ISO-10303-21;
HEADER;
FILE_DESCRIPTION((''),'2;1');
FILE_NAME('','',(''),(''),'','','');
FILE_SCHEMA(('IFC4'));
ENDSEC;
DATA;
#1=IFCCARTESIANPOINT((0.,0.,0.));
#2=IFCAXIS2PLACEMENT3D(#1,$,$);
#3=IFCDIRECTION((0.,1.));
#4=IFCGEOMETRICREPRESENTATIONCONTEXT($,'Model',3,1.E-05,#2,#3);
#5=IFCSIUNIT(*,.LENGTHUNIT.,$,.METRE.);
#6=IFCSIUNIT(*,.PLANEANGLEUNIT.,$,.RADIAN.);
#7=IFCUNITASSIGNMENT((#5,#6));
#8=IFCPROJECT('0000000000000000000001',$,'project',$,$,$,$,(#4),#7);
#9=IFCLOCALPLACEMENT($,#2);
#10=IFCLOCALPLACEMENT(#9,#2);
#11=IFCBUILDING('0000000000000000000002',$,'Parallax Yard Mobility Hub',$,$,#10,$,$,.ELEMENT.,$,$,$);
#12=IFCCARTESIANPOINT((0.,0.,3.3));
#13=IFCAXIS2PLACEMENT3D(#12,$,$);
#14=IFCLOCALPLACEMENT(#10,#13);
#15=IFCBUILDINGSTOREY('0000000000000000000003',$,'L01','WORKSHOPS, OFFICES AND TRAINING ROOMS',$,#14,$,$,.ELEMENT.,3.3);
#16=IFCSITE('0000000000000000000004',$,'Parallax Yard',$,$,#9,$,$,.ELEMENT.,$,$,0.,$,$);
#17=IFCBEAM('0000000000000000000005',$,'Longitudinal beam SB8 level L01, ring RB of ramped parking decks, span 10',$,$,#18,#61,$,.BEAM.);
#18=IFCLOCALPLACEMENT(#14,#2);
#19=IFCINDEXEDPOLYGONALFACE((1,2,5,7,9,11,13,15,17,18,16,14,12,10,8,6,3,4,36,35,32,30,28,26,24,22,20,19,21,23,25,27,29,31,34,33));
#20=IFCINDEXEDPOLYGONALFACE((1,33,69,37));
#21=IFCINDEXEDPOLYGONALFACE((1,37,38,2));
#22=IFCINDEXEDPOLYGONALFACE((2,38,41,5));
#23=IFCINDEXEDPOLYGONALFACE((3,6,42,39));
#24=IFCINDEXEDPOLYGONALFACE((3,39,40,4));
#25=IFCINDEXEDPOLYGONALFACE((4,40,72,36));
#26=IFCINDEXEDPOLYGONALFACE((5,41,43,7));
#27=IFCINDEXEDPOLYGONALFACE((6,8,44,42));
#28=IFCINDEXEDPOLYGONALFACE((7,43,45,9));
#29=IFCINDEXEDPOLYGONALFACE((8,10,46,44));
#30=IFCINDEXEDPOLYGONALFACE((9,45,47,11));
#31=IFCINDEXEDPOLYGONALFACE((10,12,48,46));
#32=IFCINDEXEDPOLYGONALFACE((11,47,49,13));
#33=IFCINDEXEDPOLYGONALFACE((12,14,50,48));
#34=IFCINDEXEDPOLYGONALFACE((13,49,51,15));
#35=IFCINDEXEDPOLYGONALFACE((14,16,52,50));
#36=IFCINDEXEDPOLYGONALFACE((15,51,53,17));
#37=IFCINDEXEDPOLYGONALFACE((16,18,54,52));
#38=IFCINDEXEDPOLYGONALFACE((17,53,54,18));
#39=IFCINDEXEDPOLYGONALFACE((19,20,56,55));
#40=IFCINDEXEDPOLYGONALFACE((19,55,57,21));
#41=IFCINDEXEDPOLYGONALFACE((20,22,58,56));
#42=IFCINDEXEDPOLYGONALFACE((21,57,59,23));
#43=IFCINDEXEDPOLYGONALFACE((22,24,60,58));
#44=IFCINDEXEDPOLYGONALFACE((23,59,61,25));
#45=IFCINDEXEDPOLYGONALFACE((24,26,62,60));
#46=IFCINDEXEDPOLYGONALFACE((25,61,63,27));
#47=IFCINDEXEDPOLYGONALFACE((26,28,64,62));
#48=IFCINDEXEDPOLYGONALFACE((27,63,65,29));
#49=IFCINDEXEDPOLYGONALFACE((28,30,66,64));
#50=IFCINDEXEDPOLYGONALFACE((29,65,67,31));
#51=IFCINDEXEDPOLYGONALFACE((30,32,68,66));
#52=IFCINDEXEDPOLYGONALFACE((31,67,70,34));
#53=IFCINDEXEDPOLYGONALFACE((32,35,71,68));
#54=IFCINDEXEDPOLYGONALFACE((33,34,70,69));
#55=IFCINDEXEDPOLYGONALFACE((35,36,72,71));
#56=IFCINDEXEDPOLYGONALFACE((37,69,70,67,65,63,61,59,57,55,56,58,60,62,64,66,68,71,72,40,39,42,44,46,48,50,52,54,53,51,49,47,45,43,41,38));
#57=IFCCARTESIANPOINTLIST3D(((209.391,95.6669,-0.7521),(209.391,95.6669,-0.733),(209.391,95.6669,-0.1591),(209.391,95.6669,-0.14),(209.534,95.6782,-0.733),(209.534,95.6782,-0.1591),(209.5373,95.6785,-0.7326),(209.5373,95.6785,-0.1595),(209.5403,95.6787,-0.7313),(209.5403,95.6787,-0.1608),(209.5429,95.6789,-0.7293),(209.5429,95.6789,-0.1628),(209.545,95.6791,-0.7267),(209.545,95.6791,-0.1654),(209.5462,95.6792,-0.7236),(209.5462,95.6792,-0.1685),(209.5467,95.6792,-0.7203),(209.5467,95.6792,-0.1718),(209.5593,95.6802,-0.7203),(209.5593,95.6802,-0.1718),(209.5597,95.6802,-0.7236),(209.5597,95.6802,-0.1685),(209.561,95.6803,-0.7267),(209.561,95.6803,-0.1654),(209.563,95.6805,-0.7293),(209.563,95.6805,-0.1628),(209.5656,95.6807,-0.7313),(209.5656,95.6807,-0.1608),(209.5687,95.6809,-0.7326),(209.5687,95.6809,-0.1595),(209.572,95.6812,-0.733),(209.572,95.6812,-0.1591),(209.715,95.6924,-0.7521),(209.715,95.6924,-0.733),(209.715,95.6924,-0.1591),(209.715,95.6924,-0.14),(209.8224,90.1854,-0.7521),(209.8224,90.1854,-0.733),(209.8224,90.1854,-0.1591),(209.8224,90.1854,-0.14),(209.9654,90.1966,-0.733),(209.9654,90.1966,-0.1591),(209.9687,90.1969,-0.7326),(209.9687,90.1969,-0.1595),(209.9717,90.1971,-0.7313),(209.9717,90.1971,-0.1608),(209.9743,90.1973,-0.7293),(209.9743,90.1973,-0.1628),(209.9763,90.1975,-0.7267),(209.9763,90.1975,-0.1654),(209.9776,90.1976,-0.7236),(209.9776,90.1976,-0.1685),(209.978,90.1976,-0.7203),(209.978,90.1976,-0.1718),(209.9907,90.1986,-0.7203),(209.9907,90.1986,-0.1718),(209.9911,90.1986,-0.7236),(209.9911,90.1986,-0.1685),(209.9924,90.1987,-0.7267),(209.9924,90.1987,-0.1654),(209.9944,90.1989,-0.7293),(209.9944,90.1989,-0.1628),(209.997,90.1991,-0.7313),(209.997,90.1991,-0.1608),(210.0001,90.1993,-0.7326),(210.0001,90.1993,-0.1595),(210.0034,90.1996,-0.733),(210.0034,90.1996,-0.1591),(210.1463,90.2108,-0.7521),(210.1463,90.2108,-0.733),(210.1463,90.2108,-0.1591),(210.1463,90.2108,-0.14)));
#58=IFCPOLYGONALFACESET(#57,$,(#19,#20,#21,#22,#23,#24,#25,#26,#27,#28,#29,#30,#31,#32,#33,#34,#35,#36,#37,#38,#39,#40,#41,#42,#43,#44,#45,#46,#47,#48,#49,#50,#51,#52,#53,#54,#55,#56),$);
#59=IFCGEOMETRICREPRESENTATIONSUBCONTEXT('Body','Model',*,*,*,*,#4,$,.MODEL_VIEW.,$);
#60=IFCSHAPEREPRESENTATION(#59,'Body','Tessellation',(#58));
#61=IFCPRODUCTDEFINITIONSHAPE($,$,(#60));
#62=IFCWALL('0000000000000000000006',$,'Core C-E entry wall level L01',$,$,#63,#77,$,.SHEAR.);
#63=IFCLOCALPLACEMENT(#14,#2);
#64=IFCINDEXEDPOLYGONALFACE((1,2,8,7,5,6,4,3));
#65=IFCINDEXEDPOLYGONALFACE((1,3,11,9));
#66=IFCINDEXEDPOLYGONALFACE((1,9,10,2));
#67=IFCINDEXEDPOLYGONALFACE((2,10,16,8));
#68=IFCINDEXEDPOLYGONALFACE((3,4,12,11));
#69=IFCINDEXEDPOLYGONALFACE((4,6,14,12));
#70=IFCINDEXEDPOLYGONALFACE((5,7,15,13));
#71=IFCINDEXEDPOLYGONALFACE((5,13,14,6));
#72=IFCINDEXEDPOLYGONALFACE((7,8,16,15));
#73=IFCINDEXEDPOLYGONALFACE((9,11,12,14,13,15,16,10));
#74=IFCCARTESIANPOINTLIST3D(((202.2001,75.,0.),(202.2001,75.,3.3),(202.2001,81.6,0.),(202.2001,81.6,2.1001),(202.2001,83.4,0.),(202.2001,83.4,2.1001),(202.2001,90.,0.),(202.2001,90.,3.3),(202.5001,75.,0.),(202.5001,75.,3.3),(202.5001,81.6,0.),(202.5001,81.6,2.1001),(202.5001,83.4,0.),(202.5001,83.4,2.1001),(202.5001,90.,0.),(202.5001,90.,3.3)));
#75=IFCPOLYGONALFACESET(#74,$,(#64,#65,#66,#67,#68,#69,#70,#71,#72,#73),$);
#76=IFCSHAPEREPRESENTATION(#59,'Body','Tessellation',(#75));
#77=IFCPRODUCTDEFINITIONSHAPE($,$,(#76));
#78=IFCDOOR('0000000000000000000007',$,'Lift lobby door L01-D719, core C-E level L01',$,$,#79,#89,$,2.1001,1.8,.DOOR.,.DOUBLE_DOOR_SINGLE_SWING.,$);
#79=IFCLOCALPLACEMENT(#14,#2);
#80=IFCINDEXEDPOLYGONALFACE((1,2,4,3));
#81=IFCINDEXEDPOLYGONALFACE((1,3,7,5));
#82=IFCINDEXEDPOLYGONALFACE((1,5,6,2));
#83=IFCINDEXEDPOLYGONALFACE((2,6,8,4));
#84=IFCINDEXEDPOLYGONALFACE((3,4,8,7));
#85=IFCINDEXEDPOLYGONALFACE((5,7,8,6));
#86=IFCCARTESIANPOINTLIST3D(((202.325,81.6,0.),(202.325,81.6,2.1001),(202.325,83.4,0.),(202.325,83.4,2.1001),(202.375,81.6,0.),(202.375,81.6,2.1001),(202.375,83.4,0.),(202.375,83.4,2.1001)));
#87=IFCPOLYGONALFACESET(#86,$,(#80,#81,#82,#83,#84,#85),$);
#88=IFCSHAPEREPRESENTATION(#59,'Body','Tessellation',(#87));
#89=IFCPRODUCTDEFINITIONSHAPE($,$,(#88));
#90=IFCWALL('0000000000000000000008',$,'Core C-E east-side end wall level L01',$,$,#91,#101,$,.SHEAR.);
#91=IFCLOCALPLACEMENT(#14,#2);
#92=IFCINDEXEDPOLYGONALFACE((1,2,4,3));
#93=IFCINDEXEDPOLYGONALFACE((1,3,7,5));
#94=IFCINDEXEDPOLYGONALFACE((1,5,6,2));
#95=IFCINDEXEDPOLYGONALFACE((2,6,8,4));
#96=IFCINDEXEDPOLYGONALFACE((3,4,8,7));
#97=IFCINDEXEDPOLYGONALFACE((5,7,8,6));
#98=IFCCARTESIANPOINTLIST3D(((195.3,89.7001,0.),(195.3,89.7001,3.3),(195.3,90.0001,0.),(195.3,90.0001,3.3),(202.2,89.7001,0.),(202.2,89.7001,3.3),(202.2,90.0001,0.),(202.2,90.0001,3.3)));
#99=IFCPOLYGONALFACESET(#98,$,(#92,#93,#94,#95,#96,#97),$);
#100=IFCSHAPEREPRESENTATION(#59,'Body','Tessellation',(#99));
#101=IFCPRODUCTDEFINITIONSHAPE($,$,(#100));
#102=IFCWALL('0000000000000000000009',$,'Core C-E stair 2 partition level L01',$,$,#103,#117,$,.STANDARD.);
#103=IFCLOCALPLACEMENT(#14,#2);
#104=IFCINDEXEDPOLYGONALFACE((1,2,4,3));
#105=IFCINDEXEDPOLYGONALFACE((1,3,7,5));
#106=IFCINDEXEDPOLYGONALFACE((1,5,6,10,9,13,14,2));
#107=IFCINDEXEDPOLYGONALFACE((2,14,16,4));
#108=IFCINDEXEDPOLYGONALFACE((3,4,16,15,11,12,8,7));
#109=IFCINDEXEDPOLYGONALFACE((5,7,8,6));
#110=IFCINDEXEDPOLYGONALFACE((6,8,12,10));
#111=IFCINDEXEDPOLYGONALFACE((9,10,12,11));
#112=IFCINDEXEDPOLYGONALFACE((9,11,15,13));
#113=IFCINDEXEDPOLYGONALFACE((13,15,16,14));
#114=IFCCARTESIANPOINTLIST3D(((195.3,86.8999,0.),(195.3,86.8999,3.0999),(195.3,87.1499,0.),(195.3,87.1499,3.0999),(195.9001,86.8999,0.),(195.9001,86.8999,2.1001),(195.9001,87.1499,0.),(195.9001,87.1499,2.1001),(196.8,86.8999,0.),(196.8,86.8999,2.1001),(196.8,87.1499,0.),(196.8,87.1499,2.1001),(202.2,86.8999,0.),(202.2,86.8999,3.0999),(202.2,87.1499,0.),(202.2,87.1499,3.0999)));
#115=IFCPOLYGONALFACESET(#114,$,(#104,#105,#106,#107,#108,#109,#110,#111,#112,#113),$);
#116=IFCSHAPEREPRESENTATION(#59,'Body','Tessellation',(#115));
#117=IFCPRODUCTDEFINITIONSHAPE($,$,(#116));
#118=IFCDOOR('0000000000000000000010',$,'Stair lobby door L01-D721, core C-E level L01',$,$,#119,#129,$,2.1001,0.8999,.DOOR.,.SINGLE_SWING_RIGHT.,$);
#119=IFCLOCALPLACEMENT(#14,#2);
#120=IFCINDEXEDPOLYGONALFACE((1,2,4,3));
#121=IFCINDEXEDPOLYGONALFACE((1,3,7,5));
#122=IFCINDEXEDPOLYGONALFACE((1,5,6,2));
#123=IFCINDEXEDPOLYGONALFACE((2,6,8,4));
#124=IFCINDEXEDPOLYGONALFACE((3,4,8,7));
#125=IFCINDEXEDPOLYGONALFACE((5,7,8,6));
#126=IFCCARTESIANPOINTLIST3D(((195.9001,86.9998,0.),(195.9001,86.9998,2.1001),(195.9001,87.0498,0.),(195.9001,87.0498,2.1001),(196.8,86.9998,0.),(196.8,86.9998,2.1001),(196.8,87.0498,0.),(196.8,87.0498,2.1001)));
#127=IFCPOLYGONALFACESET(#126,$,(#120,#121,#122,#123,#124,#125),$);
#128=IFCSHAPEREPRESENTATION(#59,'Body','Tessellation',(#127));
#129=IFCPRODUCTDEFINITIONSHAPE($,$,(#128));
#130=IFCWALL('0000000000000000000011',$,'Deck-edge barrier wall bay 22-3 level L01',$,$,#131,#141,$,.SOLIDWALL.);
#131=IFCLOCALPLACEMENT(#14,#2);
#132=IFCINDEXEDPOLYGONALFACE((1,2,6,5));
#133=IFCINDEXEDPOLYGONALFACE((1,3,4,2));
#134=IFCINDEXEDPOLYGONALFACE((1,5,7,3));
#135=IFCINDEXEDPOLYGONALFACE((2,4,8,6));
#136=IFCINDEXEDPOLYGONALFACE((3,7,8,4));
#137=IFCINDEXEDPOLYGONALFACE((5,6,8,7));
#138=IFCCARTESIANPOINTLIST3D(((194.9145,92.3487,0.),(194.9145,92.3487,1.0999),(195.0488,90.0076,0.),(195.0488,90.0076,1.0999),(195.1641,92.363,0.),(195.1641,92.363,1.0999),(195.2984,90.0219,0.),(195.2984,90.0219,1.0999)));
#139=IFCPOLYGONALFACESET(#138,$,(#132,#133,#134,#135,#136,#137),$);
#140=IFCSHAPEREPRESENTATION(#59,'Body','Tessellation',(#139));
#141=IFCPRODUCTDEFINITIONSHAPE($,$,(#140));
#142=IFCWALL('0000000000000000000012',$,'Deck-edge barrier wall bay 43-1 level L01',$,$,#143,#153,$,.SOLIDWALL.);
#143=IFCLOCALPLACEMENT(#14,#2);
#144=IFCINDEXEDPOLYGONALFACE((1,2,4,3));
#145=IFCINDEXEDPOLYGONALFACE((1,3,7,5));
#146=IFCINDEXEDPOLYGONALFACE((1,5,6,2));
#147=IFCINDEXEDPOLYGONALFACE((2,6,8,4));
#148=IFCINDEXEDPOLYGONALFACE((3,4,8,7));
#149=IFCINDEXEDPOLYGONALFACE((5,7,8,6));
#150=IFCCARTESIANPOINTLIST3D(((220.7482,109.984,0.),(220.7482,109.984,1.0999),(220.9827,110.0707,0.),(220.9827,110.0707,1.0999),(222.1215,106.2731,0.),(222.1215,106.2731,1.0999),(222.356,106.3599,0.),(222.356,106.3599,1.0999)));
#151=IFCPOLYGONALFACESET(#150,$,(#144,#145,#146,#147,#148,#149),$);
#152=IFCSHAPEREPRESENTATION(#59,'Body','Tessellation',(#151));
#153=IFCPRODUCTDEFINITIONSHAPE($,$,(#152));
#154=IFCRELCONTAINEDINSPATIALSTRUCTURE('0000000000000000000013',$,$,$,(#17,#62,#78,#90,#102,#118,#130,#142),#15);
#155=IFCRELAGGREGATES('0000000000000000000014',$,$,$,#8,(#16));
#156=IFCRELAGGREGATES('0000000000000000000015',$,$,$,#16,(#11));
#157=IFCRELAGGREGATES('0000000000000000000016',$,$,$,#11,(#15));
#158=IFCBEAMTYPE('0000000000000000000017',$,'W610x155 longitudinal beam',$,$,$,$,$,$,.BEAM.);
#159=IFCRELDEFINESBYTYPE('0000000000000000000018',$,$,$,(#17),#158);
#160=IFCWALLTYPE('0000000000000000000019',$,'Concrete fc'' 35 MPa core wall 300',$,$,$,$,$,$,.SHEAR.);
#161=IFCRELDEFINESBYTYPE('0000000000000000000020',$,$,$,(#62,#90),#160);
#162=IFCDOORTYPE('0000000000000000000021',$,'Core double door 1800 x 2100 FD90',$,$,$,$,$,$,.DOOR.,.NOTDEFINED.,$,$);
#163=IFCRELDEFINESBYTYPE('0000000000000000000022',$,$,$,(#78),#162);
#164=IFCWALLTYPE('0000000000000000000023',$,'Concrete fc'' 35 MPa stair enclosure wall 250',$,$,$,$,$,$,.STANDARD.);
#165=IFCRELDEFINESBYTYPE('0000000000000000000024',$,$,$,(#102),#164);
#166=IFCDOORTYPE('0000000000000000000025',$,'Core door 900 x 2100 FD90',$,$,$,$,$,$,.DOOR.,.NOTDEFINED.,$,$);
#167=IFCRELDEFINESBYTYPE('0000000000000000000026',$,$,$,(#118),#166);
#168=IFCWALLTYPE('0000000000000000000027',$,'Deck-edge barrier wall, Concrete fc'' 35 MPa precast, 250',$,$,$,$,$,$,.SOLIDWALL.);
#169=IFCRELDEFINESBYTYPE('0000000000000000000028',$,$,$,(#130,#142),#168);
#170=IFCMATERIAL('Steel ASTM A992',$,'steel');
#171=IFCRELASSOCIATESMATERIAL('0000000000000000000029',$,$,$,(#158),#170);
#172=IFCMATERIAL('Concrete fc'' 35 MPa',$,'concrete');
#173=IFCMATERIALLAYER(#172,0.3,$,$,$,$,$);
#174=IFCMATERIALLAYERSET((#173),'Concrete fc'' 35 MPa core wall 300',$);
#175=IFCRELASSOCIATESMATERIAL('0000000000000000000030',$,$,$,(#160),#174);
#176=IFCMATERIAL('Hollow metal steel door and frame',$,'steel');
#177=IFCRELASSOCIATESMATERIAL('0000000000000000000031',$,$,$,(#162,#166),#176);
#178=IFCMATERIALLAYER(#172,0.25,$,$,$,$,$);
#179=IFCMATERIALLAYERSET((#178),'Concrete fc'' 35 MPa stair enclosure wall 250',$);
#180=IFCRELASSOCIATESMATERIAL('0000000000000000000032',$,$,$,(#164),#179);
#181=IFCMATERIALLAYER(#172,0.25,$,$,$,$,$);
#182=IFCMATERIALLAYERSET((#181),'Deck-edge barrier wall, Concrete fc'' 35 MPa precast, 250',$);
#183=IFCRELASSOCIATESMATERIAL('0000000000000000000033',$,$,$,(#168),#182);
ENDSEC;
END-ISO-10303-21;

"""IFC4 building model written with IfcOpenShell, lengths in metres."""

from ifc_helpers import new_model, si_unit, direction, frame, frame_2d, origin, origin_2d, place, context, subcontext, project, spatial, rectangle, i_section, extrude, material, layer, layer_set, material_profile, profile_set, type_object, element, fill, save


model = new_model("IFC4")

# Units and contexts
model_context = context("Model", 3, precision=1e-05, world=origin(), true_north=direction((0.0, 1.0)))
body_context = subcontext(model_context, "Body", "Model", "MODEL_VIEW")
ifc_project = project(units=[si_unit("LENGTHUNIT", "METRE"), si_unit("PLANEANGLEUNIT", "RADIAN")], contexts=[model_context])

# Site, building, storey
site_placement = place(None, origin())
site = spatial("IfcSite", under=ifc_project, at=site_placement, Name="Parallax Yard", CompositionType="ELEMENT", RefElevation=0.0)
building_placement = place(site_placement, origin())
building = spatial("IfcBuilding", under=site, at=building_placement, Name="Parallax Yard Mobility Hub", CompositionType="ELEMENT")
storey_placement = place(building_placement, frame((0.0, 0.0, 3.3)))
storey = spatial("IfcBuildingStorey", under=building, at=storey_placement, Name="L01", Description="WORKSHOPS, OFFICES AND TRAINING ROOMS", CompositionType="ELEMENT", Elevation=3.3)

# Shared definitions
ifc_material_1 = material(Name="Steel ASTM A992", Category="steel")

# Beam
ifc_material_profile_1 = material_profile(ifc_material_1, i_section(OverallWidth=0.325, OverallDepth=0.6121, WebThickness=0.0127, FlangeThickness=0.019, FilletRadius=0.0127, at=origin_2d()), Name="W610x155")
ifc_profile_set_1 = profile_set([ifc_material_profile_1], Name="Steel ASTM A992")
beam_type_1 = type_object("IfcBeamType", Name="W610x155 longitudinal beam", PredefinedType="BEAM", material=ifc_profile_set_1)
beam_1_placement = place(storey_placement, frame((209.553, 95.6797, -0.446), z_axis=(0.078455, -0.996918, 0.0), x_axis=(0.996918, 0.078455, 0.0)))
element("IfcBeam", 1, at=beam_1_placement, inside=storey, type_object=beam_type_1, Name="Longitudinal beam SB8 level L01, ring RB of ramped parking decks, span 10", PredefinedType="BEAM", context=body_context, shape_type="SweptSolid", body=[
    extrude(i_section(OverallWidth=0.325, OverallDepth=0.6121, WebThickness=0.0127, FlangeThickness=0.019, FilletRadius=0.0127, at=origin_2d()), origin(), (0.0, 0.0, 1.0), 5.4985),
])

# Wall, opening, door
ifc_material_2 = material(Name="Concrete fc' 35 MPa", Category="concrete")
ifc_layer_1 = layer(ifc_material_2, 0.3)
ifc_layer_set_1 = layer_set([ifc_layer_1], Name="Concrete fc' 35 MPa core wall 300")
wall_type_1 = type_object("IfcWallType", Name="Concrete fc' 35 MPa core wall 300", PredefinedType="SHEAR", material=ifc_layer_set_1)
wall_1_placement = place(storey_placement, frame((202.3501, 90.0, 0.0), z_axis=(0.0, 0.0, 1.0), x_axis=(0.0, -1.0, 0.0)))
wall_1 = element("IfcWall", 2, at=wall_1_placement, inside=storey, type_object=wall_type_1, Name="Core C-E entry wall level L01", PredefinedType="SHEAR", context=body_context, shape_type="SweptSolid", body=[
    extrude(rectangle(XDim=15.0, YDim=0.3, at=frame_2d((7.5, 0.0))), origin(), (0.0, 0.0, 1.0), 3.3),
])
opening_1_placement = place(wall_1_placement, frame((6.6001, 0.0, 0.0)))
opening_1 = element("IfcOpeningElement", 3, at=opening_1_placement, cuts=wall_1, PredefinedType="OPENING", context=body_context, shape_type="SweptSolid", body=[
    extrude(rectangle(XDim=1.8, YDim=2.1001, at=frame_2d((0.8999, 1.05))), frame((0.0, 0.1602, 0.0), z_axis=(0.0, -1.0, 0.0), x_axis=(1.0, 0.0, 0.0)), (0.0, 0.0, 1.0), 0.3201),
])
ifc_material_3 = material(Name="Hollow metal steel door and frame", Category="steel")
door_type_1 = type_object("IfcDoorType", Name="Core double door 1800 x 2100 FD90", OperationType="NOTDEFINED", PredefinedType="DOOR", material=ifc_material_3)
door_1_placement = place(opening_1_placement, origin())
door_1 = element("IfcDoor", 4, at=door_1_placement, inside=storey, type_object=door_type_1, Name="Lift lobby door L01-D719, core C-E level L01", OperationType="DOUBLE_DOOR_SINGLE_SWING", OverallHeight=2.1001, OverallWidth=1.8, PredefinedType="DOOR", context=body_context, shape_type="SweptSolid", body=[
    extrude(rectangle(XDim=1.8, YDim=2.1001, at=frame_2d((0.8999, 1.05))), frame((0.0, 0.0249, 0.0), z_axis=(0.0, -1.0, 0.0), x_axis=(1.0, 0.0, 0.0)), (0.0, 0.0, 1.0), 0.05),
])
fill(opening_1, door_1)

# Wall
wall_2_placement = place(storey_placement, frame((202.2, 89.8501, 0.0), z_axis=(0.0, 0.0, 1.0), x_axis=(-1.0, 0.0, 0.0)))
element("IfcWall", 5, at=wall_2_placement, inside=storey, type_object=wall_type_1, Name="Core C-E east-side end wall level L01", PredefinedType="SHEAR", context=body_context, shape_type="SweptSolid", body=[
    extrude(rectangle(XDim=6.8999, YDim=0.3, at=frame_2d((3.45, 0.0))), origin(), (0.0, 0.0, 1.0), 3.3),
])

# Wall, opening, door
ifc_layer_2 = layer(ifc_material_2, 0.25)
ifc_layer_set_2 = layer_set([ifc_layer_2], Name="Concrete fc' 35 MPa stair enclosure wall 250")
wall_type_2 = type_object("IfcWallType", Name="Concrete fc' 35 MPa stair enclosure wall 250", PredefinedType="STANDARD", material=ifc_layer_set_2)
wall_3_placement = place(storey_placement, frame((195.3, 87.0249, 0.0), z_axis=(0.0, 0.0, 1.0), x_axis=(1.0, 0.0, 0.0)))
wall_3 = element("IfcWall", 6, at=wall_3_placement, inside=storey, type_object=wall_type_2, Name="Core C-E stair 2 partition level L01", PredefinedType="STANDARD", context=body_context, shape_type="SweptSolid", body=[
    extrude(rectangle(XDim=6.8999, YDim=0.25, at=frame_2d((3.45, 0.0))), origin(), (0.0, 0.0, 1.0), 3.0999),
])
opening_2_placement = place(wall_3_placement, frame((0.6001, 0.0, 0.0)))
opening_2 = element("IfcOpeningElement", 7, at=opening_2_placement, cuts=wall_3, PredefinedType="OPENING", context=body_context, shape_type="SweptSolid", body=[
    extrude(rectangle(XDim=0.8999, YDim=2.1001, at=frame_2d((0.45, 1.05))), frame((0.0, 0.135, 0.0), z_axis=(0.0, -1.0, 0.0), x_axis=(1.0, 0.0, 0.0)), (0.0, 0.0, 1.0), 0.27),
])
door_type_2 = type_object("IfcDoorType", Name="Core door 900 x 2100 FD90", OperationType="NOTDEFINED", PredefinedType="DOOR", material=ifc_material_3)
door_2_placement = place(opening_2_placement, origin())
door_2 = element("IfcDoor", 8, at=door_2_placement, inside=storey, type_object=door_type_2, Name="Stair lobby door L01-D721, core C-E level L01", OperationType="SINGLE_SWING_RIGHT", OverallHeight=2.1001, OverallWidth=0.8999, PredefinedType="DOOR", context=body_context, shape_type="SweptSolid", body=[
    extrude(rectangle(XDim=0.8999, YDim=2.1001, at=frame_2d((0.45, 1.05))), frame((0.0, 0.0249, 0.0), z_axis=(0.0, -1.0, 0.0), x_axis=(1.0, 0.0, 0.0)), (0.0, 0.0, 1.0), 0.05),
])
fill(opening_2, door_2)

# Walls
ifc_layer_3 = layer(ifc_material_2, 0.25)
ifc_layer_set_3 = layer_set([ifc_layer_3], Name="Deck-edge barrier wall, Concrete fc' 35 MPa precast, 250")
wall_type_3 = type_object("IfcWallType", Name="Deck-edge barrier wall, Concrete fc' 35 MPa precast, 250", PredefinedType="SOLIDWALL", material=ifc_layer_set_3)
wall_4_placement = place(storey_placement, frame((195.0393, 92.3557, 0.0), z_axis=(0.0, 0.0, 1.0), x_axis=(0.057263, -0.998359, 0.0)))
element("IfcWall", 9, at=wall_4_placement, inside=storey, type_object=wall_type_3, Name="Deck-edge barrier wall bay 22-3 level L01", PredefinedType="SOLIDWALL", context=body_context, shape_type="SweptSolid", body=[
    extrude(rectangle(XDim=2.345, YDim=0.25, at=frame_2d((1.1724, 0.0))), origin(), (0.0, 0.0, 1.0), 1.0999),
])
wall_5_placement = place(storey_placement, frame((222.2388, 106.3164, 0.0), z_axis=(0.0, 0.0, 1.0), x_axis=(-0.347063, 0.937842, 0.0)))
element("IfcWall", 10, at=wall_5_placement, inside=storey, type_object=wall_type_3, Name="Deck-edge barrier wall bay 43-1 level L01", PredefinedType="SOLIDWALL", context=body_context, shape_type="SweptSolid", body=[
    extrude(rectangle(XDim=3.9568, YDim=0.25, at=frame_2d((1.9785, 0.0))), origin(), (0.0, 0.0, 1.0), 1.0999),
])

save(model, "model.ifc")
